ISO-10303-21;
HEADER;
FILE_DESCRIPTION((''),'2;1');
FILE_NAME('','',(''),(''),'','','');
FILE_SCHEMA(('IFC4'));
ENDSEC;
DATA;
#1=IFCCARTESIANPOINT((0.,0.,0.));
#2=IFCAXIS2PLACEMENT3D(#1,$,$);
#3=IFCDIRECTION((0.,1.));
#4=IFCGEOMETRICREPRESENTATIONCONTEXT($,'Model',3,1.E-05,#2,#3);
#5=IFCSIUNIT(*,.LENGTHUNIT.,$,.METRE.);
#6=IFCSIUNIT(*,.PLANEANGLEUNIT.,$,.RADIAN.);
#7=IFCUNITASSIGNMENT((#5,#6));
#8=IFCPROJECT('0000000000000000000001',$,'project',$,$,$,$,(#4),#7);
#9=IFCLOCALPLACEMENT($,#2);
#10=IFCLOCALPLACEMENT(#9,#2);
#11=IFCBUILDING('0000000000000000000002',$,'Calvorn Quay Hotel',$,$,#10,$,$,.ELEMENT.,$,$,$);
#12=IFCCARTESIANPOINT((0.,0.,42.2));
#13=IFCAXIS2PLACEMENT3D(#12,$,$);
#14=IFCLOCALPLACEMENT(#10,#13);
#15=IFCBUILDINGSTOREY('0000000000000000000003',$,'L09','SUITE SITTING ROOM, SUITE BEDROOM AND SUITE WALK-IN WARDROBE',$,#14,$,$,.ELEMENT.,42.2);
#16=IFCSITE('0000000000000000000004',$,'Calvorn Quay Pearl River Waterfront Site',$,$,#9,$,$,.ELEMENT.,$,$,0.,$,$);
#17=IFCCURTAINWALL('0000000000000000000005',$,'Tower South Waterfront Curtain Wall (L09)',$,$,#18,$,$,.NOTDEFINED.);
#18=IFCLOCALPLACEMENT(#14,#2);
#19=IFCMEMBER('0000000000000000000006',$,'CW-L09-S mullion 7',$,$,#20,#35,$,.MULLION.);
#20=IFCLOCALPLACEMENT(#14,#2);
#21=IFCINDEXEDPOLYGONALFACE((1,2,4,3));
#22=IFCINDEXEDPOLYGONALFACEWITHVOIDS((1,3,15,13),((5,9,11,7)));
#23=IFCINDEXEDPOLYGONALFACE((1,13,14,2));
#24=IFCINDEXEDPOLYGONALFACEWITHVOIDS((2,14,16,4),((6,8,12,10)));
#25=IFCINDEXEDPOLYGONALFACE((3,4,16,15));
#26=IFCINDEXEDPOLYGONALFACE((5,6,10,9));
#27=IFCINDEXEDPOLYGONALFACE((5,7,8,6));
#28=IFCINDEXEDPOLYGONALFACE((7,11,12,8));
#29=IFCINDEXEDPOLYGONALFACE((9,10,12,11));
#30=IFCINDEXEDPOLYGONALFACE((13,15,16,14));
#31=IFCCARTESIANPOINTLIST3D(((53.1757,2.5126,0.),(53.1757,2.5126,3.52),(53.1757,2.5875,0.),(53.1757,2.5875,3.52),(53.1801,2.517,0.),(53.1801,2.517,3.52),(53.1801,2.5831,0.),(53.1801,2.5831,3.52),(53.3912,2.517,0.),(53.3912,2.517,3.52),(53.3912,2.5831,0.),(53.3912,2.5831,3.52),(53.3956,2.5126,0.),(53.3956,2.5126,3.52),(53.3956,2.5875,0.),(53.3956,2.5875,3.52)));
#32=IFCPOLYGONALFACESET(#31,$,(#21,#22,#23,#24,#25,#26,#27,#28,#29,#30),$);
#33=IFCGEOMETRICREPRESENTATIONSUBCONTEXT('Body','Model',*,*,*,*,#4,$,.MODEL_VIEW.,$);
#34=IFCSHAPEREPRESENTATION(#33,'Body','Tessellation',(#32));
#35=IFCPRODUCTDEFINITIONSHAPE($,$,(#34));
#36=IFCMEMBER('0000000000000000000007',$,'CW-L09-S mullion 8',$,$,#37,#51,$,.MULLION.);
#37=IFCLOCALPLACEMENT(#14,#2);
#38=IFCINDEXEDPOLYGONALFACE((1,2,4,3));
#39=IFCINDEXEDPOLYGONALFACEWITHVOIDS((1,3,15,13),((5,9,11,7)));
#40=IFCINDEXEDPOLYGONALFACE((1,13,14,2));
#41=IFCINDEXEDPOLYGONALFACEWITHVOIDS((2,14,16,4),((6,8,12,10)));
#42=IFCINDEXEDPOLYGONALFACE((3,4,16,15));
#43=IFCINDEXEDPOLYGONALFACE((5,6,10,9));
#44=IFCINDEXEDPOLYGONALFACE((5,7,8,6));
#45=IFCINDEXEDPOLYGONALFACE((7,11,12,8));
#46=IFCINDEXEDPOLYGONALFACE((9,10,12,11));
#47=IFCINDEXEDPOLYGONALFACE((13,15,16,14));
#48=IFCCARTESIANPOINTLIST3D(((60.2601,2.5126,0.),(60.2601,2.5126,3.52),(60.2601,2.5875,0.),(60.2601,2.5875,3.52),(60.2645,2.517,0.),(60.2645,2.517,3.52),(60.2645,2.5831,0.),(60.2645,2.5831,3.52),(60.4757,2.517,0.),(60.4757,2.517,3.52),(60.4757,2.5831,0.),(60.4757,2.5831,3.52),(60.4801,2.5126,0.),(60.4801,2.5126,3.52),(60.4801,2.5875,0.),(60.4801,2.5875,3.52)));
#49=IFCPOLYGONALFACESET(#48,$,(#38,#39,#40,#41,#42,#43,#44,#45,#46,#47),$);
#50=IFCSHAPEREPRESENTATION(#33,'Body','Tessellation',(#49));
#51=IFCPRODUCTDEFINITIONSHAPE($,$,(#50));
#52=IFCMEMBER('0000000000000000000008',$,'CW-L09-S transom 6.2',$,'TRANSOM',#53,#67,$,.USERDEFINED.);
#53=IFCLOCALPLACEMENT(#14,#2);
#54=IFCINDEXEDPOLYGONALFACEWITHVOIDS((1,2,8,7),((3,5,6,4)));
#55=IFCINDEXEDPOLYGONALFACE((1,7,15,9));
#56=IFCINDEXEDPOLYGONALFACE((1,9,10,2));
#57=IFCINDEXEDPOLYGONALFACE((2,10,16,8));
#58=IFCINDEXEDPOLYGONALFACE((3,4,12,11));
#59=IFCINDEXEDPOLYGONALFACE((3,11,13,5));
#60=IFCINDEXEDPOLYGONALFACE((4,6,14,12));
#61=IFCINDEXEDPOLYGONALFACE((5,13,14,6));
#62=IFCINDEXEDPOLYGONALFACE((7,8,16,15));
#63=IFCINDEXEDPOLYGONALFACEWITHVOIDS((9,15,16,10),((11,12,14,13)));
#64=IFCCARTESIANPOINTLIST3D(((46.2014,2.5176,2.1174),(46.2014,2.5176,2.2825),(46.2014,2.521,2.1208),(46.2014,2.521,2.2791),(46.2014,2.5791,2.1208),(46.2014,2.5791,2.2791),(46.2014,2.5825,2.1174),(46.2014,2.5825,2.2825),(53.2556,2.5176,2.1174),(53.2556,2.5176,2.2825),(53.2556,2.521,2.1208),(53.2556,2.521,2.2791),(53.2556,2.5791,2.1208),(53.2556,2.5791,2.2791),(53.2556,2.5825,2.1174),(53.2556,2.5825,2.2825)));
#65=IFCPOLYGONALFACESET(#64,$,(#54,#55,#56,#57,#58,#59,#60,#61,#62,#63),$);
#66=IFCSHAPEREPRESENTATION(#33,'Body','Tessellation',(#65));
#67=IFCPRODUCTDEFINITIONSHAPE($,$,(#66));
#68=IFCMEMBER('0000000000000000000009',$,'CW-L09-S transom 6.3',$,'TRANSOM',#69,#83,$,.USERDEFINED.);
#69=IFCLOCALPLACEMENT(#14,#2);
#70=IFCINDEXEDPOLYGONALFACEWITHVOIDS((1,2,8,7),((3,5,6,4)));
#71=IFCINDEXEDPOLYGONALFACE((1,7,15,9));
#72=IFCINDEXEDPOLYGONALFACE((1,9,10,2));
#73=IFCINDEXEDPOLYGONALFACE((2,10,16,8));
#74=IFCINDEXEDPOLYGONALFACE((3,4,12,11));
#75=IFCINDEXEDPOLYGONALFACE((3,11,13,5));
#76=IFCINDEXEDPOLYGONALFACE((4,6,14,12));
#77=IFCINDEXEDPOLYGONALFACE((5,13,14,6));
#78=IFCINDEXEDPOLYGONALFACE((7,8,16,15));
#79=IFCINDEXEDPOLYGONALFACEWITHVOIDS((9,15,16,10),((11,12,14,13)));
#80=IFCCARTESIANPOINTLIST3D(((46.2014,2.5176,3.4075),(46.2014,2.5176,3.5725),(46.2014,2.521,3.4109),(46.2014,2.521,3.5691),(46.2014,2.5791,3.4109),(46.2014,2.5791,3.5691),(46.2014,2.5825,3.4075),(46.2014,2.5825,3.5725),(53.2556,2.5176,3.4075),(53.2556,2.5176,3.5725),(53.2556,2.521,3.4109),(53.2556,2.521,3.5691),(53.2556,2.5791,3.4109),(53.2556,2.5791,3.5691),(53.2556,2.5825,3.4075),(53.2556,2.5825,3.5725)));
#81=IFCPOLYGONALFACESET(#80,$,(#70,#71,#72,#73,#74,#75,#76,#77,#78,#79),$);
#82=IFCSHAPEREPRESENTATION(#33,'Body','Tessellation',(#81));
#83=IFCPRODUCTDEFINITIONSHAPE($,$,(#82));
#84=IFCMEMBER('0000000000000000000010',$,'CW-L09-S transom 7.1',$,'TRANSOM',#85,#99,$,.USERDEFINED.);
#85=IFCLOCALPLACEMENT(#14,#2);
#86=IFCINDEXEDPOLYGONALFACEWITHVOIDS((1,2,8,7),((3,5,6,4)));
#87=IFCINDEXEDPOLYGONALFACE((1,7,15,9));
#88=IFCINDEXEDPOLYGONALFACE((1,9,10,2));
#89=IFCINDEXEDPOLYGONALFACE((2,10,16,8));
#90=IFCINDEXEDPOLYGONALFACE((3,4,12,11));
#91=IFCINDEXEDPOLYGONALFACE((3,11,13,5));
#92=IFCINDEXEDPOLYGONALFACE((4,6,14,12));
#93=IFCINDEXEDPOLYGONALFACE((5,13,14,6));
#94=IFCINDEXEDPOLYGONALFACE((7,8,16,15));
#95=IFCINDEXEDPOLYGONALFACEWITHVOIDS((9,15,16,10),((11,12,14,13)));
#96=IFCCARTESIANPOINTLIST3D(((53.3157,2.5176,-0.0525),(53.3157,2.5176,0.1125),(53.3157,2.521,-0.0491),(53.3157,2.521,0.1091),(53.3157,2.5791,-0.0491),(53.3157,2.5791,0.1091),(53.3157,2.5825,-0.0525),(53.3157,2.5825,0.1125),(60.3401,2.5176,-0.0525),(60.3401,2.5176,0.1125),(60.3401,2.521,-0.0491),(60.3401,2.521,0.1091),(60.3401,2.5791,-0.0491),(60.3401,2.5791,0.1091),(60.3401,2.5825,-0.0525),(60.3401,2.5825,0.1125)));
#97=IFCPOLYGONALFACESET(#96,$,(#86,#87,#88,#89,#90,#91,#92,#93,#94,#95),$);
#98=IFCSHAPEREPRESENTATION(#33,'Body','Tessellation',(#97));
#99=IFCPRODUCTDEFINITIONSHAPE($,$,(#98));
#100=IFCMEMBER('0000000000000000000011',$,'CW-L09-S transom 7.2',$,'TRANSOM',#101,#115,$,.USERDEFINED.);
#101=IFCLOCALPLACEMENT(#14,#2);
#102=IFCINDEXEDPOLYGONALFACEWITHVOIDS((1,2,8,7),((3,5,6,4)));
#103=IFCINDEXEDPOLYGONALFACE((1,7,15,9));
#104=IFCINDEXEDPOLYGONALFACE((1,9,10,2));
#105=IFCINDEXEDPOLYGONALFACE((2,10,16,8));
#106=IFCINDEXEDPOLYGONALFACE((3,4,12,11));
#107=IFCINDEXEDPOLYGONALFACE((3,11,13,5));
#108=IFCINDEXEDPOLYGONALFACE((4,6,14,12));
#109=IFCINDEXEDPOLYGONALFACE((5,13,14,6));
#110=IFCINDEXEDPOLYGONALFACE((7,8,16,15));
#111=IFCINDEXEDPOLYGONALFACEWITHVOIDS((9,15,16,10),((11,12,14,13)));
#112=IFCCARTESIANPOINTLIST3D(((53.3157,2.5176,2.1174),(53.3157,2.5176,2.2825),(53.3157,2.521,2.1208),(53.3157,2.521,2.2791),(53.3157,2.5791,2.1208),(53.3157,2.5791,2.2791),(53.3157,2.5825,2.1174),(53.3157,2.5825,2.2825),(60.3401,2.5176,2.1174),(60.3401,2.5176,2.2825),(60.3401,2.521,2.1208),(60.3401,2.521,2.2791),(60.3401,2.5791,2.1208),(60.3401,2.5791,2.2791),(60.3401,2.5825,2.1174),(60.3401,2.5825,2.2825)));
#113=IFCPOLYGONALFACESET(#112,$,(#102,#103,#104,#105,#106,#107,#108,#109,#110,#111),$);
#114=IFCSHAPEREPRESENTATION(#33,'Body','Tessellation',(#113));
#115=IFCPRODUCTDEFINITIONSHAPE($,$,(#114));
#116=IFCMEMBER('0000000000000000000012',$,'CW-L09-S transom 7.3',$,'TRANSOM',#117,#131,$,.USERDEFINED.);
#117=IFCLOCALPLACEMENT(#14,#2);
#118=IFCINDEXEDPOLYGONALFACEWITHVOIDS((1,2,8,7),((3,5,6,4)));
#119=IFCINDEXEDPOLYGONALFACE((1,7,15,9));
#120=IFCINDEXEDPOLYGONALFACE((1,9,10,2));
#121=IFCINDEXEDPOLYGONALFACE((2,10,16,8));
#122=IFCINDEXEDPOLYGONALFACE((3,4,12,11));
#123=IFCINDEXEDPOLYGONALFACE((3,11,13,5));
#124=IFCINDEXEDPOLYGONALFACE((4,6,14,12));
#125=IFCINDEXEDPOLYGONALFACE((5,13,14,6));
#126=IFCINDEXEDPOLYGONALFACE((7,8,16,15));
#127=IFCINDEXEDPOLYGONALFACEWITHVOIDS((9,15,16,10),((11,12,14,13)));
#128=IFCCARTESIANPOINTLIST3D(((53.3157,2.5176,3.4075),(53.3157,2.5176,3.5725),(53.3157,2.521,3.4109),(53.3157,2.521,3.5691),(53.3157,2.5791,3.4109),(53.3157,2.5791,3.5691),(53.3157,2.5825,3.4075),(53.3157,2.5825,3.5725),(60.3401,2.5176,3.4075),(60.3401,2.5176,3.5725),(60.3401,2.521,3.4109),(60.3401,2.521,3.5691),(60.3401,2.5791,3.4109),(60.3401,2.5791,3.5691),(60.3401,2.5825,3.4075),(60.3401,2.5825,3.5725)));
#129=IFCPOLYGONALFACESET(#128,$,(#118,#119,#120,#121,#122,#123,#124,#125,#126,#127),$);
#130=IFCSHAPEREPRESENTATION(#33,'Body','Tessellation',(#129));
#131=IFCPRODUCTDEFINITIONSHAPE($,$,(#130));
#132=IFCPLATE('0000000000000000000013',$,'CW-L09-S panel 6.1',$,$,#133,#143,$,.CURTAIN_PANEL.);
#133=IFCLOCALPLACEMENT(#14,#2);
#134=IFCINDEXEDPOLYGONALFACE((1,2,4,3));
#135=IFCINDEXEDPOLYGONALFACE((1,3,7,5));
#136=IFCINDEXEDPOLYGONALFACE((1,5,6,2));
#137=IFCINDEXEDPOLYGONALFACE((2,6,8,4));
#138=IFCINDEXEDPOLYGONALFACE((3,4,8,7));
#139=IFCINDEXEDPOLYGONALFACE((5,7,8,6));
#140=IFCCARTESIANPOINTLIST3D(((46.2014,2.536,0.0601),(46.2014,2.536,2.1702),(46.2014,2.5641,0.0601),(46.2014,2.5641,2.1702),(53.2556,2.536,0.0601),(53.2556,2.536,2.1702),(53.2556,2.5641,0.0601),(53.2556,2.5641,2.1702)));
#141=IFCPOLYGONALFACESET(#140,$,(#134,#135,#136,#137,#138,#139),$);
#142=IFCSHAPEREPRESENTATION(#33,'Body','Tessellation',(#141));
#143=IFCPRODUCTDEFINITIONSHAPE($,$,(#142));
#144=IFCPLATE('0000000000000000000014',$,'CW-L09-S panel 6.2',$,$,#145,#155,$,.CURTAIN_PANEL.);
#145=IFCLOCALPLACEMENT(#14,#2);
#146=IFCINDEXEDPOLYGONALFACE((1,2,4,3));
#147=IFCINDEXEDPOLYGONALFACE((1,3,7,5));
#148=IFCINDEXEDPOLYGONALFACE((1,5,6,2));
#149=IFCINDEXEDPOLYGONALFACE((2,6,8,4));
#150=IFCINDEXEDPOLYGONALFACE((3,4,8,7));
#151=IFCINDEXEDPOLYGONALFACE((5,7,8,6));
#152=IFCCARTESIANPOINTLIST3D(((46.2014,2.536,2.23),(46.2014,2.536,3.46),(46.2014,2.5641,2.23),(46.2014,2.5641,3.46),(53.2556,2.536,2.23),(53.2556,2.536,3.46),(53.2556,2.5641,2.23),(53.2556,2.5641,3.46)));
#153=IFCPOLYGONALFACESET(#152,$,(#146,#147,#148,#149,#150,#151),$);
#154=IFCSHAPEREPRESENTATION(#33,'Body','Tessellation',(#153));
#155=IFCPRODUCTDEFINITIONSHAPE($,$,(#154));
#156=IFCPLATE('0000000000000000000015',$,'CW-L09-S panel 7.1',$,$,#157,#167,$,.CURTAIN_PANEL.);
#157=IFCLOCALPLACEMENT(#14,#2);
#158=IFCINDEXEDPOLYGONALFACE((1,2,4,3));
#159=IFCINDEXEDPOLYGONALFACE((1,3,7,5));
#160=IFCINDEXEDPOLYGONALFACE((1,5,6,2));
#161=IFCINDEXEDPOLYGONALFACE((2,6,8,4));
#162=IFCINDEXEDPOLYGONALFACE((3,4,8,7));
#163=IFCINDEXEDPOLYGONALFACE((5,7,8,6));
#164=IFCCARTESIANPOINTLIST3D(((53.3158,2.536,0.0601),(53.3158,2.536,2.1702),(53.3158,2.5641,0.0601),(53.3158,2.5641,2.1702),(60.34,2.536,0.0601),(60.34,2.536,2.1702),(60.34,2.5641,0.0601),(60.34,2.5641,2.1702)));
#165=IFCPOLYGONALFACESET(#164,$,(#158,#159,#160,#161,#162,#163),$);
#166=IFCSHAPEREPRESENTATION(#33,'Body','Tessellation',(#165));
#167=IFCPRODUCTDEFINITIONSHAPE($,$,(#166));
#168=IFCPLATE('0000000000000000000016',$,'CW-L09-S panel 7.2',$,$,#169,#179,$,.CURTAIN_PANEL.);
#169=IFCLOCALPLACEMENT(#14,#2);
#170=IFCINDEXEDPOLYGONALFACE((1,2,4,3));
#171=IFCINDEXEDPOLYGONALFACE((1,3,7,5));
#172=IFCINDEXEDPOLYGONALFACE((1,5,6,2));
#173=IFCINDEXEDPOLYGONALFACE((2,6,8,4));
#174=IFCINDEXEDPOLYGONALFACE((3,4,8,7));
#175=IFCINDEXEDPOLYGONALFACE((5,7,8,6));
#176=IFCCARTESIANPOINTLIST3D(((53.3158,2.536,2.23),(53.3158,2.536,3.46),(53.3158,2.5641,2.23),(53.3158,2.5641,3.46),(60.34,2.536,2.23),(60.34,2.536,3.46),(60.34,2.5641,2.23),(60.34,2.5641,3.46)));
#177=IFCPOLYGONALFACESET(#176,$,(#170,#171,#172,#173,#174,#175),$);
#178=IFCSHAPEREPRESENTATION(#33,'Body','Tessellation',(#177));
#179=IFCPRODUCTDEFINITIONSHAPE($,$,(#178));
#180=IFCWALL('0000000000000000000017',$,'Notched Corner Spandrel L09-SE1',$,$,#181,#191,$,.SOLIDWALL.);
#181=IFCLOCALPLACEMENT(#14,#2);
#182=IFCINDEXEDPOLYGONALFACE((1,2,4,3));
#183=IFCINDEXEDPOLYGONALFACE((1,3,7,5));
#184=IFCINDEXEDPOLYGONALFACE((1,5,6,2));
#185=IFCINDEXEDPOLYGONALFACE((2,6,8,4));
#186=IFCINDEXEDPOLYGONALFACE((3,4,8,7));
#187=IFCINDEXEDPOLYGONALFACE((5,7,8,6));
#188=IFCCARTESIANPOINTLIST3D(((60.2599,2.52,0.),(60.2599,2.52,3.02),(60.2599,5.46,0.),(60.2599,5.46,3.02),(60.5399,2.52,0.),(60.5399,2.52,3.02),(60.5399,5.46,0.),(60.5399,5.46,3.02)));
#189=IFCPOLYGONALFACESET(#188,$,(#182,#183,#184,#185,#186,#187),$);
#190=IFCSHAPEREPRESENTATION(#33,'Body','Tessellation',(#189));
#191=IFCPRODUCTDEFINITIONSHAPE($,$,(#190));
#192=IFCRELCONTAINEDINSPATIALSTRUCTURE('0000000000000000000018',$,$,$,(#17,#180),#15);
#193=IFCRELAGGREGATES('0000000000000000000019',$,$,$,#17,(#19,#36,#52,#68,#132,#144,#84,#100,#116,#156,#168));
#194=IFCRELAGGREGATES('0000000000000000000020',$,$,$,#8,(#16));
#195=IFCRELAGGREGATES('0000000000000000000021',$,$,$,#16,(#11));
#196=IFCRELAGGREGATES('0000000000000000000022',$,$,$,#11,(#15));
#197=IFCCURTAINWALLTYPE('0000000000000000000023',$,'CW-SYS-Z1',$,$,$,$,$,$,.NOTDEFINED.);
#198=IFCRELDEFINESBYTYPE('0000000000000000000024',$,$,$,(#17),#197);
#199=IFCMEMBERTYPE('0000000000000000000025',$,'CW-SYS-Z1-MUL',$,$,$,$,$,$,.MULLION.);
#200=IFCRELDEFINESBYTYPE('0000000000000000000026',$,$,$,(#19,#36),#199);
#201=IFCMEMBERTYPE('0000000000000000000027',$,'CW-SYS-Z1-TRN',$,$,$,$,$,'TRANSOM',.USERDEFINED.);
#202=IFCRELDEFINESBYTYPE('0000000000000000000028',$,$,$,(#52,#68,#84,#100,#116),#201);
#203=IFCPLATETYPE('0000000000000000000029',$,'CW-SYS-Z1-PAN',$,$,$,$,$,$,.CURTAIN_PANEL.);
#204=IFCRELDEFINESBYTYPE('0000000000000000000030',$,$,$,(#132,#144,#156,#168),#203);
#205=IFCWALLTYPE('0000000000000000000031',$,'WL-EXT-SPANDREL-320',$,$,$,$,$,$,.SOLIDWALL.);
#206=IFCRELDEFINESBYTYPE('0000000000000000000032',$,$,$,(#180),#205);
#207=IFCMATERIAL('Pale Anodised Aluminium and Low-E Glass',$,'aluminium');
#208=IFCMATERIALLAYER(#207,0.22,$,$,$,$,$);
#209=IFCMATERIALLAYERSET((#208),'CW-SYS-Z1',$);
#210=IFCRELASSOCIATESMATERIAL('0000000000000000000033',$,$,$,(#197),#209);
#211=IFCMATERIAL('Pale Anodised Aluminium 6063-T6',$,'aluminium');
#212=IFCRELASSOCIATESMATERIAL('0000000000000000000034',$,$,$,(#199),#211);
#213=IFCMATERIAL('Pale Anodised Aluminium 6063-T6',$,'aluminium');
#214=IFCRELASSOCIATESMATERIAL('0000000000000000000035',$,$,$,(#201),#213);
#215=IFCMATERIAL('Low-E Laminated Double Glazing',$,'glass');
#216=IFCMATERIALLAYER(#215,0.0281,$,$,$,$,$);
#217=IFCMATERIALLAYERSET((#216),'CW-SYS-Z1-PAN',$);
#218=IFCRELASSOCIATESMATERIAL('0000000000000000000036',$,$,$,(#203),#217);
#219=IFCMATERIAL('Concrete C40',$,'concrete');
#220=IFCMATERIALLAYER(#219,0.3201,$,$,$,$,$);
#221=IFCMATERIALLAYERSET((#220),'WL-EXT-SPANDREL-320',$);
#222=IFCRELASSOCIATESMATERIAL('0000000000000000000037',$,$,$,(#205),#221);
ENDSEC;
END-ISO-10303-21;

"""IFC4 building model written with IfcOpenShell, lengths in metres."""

from ifc_helpers import new_model, si_unit, direction, frame, frame_2d, origin, origin_2d, place, context, subcontext, project, spatial, rectangle, hollow_rectangle, extrude, material, layer, layer_set, material_profile, profile_set, type_object, element, aggregate, save


model = new_model("IFC4")

# Units and contexts
model_context = context("Model", 3, precision=1e-05, world=origin(), true_north=direction((0.0, 1.0)))
body_context = subcontext(model_context, "Body", "Model", "MODEL_VIEW")
ifc_project = project(units=[si_unit("LENGTHUNIT", "METRE"), si_unit("PLANEANGLEUNIT", "RADIAN")], contexts=[model_context])

# Site, building, storey
site_placement = place(None, origin())
site = spatial("IfcSite", under=ifc_project, at=site_placement, Name="Calvorn Quay Pearl River Waterfront Site", CompositionType="ELEMENT", RefElevation=0.0)
building_placement = place(site_placement, origin())
building = spatial("IfcBuilding", under=site, at=building_placement, Name="Calvorn Quay Hotel", CompositionType="ELEMENT")
storey_placement = place(building_placement, frame((0.0, 0.0, 42.2)))
storey = spatial("IfcBuildingStorey", under=building, at=storey_placement, Name="L09", Description="SUITE SITTING ROOM, SUITE BEDROOM AND SUITE WALK-IN WARDROBE", CompositionType="ELEMENT", Elevation=42.2)

# Curtain wall, members, plates
ifc_material_1 = material(Name="Pale Anodised Aluminium and Low-E Glass", Category="aluminium")
ifc_layer_1 = layer(ifc_material_1, 0.22)
ifc_layer_set_1 = layer_set([ifc_layer_1], Name="CW-SYS-Z1")
curtain_wall_type = type_object("IfcCurtainWallType", Name="CW-SYS-Z1", PredefinedType="NOTDEFINED", material=ifc_layer_set_1)
curtain_wall_placement = place(storey_placement, origin())
curtain_wall = element("IfcCurtainWall", 1, at=curtain_wall_placement, inside=storey, type_object=curtain_wall_type, Name="Tower South Waterfront Curtain Wall (L09)", PredefinedType="NOTDEFINED")
ifc_material_2 = material(Name="Pale Anodised Aluminium 6063-T6", Category="aluminium")
ifc_material_profile_1 = material_profile(ifc_material_2, hollow_rectangle(XDim=0.075, YDim=0.22, WallThickness=0.0044, at=origin_2d()), Name="ALU-M220x75x4.5")
ifc_profile_set_1 = profile_set([ifc_material_profile_1], Name="Pale Anodised Aluminium 6063-T6")
member_type_1 = type_object("IfcMemberType", Name="CW-SYS-Z1-MUL", PredefinedType="MULLION", material=ifc_profile_set_1)
member_1_placement = place(storey_placement, frame((53.2856, 2.55, 0.0), z_axis=(0.0, 0.0, 1.0), x_axis=(0.0, 1.0, 0.0)))
member_1 = element("IfcMember", 2, at=member_1_placement, type_object=member_type_1, Name="CW-L09-S mullion 7", PredefinedType="MULLION", context=body_context, shape_type="SweptSolid", body=[
    extrude(hollow_rectangle(XDim=0.075, YDim=0.22, WallThickness=0.0044, at=origin_2d()), origin(), (0.0, 0.0, 1.0), 3.52),
])
member_2_placement = place(storey_placement, frame((60.3701, 2.55, 0.0), z_axis=(0.0, 0.0, 1.0), x_axis=(0.0, 1.0, 0.0)))
member_2 = element("IfcMember", 3, at=member_2_placement, type_object=member_type_1, Name="CW-L09-S mullion 8", PredefinedType="MULLION", context=body_context, shape_type="SweptSolid", body=[
    extrude(hollow_rectangle(XDim=0.075, YDim=0.22, WallThickness=0.0044, at=origin_2d()), origin(), (0.0, 0.0, 1.0), 3.52),
])
ifc_material_3 = material(Name="Pale Anodised Aluminium 6063-T6", Category="aluminium")
ifc_material_profile_2 = material_profile(ifc_material_3, hollow_rectangle(XDim=0.0649, YDim=0.165, WallThickness=0.0034, at=origin_2d()), Name="ALU-T165x65x3.5")
ifc_profile_set_2 = profile_set([ifc_material_profile_2], Name="Pale Anodised Aluminium 6063-T6")
member_type_2 = type_object("IfcMemberType", Name="CW-SYS-Z1-TRN", ElementType="TRANSOM", PredefinedType="USERDEFINED", material=ifc_profile_set_2)
member_3_placement = place(storey_placement, frame((46.2014, 2.55, 2.2), z_axis=(1.0, 0.0, 0.0), x_axis=(0.0, 1.0, 0.0)))
member_3 = element("IfcMember", 4, at=member_3_placement, type_object=member_type_2, Name="CW-L09-S transom 6.2", ObjectType="TRANSOM", PredefinedType="USERDEFINED", context=body_context, shape_type="SweptSolid", body=[
    extrude(hollow_rectangle(XDim=0.0649, YDim=0.165, WallThickness=0.0034, at=origin_2d()), origin(), (0.0, 0.0, 1.0), 7.0542),
])
member_4_placement = place(storey_placement, frame((46.2014, 2.55, 3.49), z_axis=(1.0, 0.0, 0.0), x_axis=(0.0, 1.0, 0.0)))
member_4 = element("IfcMember", 5, at=member_4_placement, type_object=member_type_2, Name="CW-L09-S transom 6.3", ObjectType="TRANSOM", PredefinedType="USERDEFINED", context=body_context, shape_type="SweptSolid", body=[
    extrude(hollow_rectangle(XDim=0.0649, YDim=0.165, WallThickness=0.0034, at=origin_2d()), origin(), (0.0, 0.0, 1.0), 7.0542),
])
member_5_placement = place(storey_placement, frame((53.3157, 2.55, 0.03), z_axis=(1.0, 0.0, 0.0), x_axis=(0.0, 1.0, 0.0)))
member_5 = element("IfcMember", 6, at=member_5_placement, type_object=member_type_2, Name="CW-L09-S transom 7.1", ObjectType="TRANSOM", PredefinedType="USERDEFINED", context=body_context, shape_type="SweptSolid", body=[
    extrude(hollow_rectangle(XDim=0.0649, YDim=0.165, WallThickness=0.0034, at=origin_2d()), origin(), (0.0, 0.0, 1.0), 7.0244),
])
member_6_placement = place(storey_placement, frame((53.3157, 2.55, 2.2), z_axis=(1.0, 0.0, 0.0), x_axis=(0.0, 1.0, 0.0)))
member_6 = element("IfcMember", 7, at=member_6_placement, type_object=member_type_2, Name="CW-L09-S transom 7.2", ObjectType="TRANSOM", PredefinedType="USERDEFINED", context=body_context, shape_type="SweptSolid", body=[
    extrude(hollow_rectangle(XDim=0.0649, YDim=0.165, WallThickness=0.0034, at=origin_2d()), origin(), (0.0, 0.0, 1.0), 7.0244),
])
member_7_placement = place(storey_placement, frame((53.3157, 2.55, 3.49), z_axis=(1.0, 0.0, 0.0), x_axis=(0.0, 1.0, 0.0)))
member_7 = element("IfcMember", 8, at=member_7_placement, type_object=member_type_2, Name="CW-L09-S transom 7.3", ObjectType="TRANSOM", PredefinedType="USERDEFINED", context=body_context, shape_type="SweptSolid", body=[
    extrude(hollow_rectangle(XDim=0.0649, YDim=0.165, WallThickness=0.0034, at=origin_2d()), origin(), (0.0, 0.0, 1.0), 7.0244),
])
ifc_material_4 = material(Name="Low-E Laminated Double Glazing", Category="glass")
ifc_layer_2 = layer(ifc_material_4, 0.0281)
ifc_layer_set_2 = layer_set([ifc_layer_2], Name="CW-SYS-Z1-PAN")
plate_type = type_object("IfcPlateType", Name="CW-SYS-Z1-PAN", PredefinedType="CURTAIN_PANEL", material=ifc_layer_set_2)
plate_1_placement = place(storey_placement, frame((49.7285, 2.55, 0.0601), z_axis=(0.0, 0.0, 1.0), x_axis=(1.0, 0.0, 0.0)))
plate_1 = element("IfcPlate", 9, at=plate_1_placement, type_object=plate_type, Name="CW-L09-S panel 6.1", PredefinedType="CURTAIN_PANEL", context=body_context, shape_type="SweptSolid", body=[
    extrude(rectangle(XDim=7.0542, YDim=0.0281, at=origin_2d()), origin(), (0.0, 0.0, 1.0), 2.1101),
])
plate_2_placement = place(storey_placement, frame((49.7285, 2.55, 2.23), z_axis=(0.0, 0.0, 1.0), x_axis=(1.0, 0.0, 0.0)))
plate_2 = element("IfcPlate", 10, at=plate_2_placement, type_object=plate_type, Name="CW-L09-S panel 6.2", PredefinedType="CURTAIN_PANEL", context=body_context, shape_type="SweptSolid", body=[
    extrude(rectangle(XDim=7.0542, YDim=0.0281, at=origin_2d()), origin(), (0.0, 0.0, 1.0), 1.23),
])
plate_3_placement = place(storey_placement, frame((56.8279, 2.55, 0.0601), z_axis=(0.0, 0.0, 1.0), x_axis=(1.0, 0.0, 0.0)))
plate_3 = element("IfcPlate", 11, at=plate_3_placement, type_object=plate_type, Name="CW-L09-S panel 7.1", PredefinedType="CURTAIN_PANEL", context=body_context, shape_type="SweptSolid", body=[
    extrude(rectangle(XDim=7.0242, YDim=0.0281, at=origin_2d()), origin(), (0.0, 0.0, 1.0), 2.1101),
])
plate_4_placement = place(storey_placement, frame((56.8279, 2.55, 2.23), z_axis=(0.0, 0.0, 1.0), x_axis=(1.0, 0.0, 0.0)))
plate_4 = element("IfcPlate", 12, at=plate_4_placement, type_object=plate_type, Name="CW-L09-S panel 7.2", PredefinedType="CURTAIN_PANEL", context=body_context, shape_type="SweptSolid", body=[
    extrude(rectangle(XDim=7.0242, YDim=0.0281, at=origin_2d()), origin(), (0.0, 0.0, 1.0), 1.23),
])
aggregate(curtain_wall, [member_1, member_2, member_3, member_4, plate_1, plate_2, member_5, member_6, member_7, plate_3, plate_4])

# Wall
ifc_material_5 = material(Name="Concrete C40", Category="concrete")
ifc_layer_3 = layer(ifc_material_5, 0.3201)
ifc_layer_set_3 = layer_set([ifc_layer_3], Name="WL-EXT-SPANDREL-320")
wall_type = type_object("IfcWallType", Name="WL-EXT-SPANDREL-320", PredefinedType="SOLIDWALL", material=ifc_layer_set_3)
wall_1_placement = place(storey_placement, frame((60.3999, 2.52, 0.0), z_axis=(0.0, 0.0, 1.0), x_axis=(0.0, 1.0, 0.0)))
element("IfcWall", 13, at=wall_1_placement, inside=storey, type_object=wall_type, Name="Notched Corner Spandrel L09-SE1", PredefinedType="SOLIDWALL", context=body_context, shape_type="SweptSolid", body=[
    extrude(rectangle(XDim=2.9399, YDim=0.28, at=frame_2d((1.47, 0.0))), origin(), (0.0, 0.0, 1.0), 3.02),
])

save(model, "model.ifc")
